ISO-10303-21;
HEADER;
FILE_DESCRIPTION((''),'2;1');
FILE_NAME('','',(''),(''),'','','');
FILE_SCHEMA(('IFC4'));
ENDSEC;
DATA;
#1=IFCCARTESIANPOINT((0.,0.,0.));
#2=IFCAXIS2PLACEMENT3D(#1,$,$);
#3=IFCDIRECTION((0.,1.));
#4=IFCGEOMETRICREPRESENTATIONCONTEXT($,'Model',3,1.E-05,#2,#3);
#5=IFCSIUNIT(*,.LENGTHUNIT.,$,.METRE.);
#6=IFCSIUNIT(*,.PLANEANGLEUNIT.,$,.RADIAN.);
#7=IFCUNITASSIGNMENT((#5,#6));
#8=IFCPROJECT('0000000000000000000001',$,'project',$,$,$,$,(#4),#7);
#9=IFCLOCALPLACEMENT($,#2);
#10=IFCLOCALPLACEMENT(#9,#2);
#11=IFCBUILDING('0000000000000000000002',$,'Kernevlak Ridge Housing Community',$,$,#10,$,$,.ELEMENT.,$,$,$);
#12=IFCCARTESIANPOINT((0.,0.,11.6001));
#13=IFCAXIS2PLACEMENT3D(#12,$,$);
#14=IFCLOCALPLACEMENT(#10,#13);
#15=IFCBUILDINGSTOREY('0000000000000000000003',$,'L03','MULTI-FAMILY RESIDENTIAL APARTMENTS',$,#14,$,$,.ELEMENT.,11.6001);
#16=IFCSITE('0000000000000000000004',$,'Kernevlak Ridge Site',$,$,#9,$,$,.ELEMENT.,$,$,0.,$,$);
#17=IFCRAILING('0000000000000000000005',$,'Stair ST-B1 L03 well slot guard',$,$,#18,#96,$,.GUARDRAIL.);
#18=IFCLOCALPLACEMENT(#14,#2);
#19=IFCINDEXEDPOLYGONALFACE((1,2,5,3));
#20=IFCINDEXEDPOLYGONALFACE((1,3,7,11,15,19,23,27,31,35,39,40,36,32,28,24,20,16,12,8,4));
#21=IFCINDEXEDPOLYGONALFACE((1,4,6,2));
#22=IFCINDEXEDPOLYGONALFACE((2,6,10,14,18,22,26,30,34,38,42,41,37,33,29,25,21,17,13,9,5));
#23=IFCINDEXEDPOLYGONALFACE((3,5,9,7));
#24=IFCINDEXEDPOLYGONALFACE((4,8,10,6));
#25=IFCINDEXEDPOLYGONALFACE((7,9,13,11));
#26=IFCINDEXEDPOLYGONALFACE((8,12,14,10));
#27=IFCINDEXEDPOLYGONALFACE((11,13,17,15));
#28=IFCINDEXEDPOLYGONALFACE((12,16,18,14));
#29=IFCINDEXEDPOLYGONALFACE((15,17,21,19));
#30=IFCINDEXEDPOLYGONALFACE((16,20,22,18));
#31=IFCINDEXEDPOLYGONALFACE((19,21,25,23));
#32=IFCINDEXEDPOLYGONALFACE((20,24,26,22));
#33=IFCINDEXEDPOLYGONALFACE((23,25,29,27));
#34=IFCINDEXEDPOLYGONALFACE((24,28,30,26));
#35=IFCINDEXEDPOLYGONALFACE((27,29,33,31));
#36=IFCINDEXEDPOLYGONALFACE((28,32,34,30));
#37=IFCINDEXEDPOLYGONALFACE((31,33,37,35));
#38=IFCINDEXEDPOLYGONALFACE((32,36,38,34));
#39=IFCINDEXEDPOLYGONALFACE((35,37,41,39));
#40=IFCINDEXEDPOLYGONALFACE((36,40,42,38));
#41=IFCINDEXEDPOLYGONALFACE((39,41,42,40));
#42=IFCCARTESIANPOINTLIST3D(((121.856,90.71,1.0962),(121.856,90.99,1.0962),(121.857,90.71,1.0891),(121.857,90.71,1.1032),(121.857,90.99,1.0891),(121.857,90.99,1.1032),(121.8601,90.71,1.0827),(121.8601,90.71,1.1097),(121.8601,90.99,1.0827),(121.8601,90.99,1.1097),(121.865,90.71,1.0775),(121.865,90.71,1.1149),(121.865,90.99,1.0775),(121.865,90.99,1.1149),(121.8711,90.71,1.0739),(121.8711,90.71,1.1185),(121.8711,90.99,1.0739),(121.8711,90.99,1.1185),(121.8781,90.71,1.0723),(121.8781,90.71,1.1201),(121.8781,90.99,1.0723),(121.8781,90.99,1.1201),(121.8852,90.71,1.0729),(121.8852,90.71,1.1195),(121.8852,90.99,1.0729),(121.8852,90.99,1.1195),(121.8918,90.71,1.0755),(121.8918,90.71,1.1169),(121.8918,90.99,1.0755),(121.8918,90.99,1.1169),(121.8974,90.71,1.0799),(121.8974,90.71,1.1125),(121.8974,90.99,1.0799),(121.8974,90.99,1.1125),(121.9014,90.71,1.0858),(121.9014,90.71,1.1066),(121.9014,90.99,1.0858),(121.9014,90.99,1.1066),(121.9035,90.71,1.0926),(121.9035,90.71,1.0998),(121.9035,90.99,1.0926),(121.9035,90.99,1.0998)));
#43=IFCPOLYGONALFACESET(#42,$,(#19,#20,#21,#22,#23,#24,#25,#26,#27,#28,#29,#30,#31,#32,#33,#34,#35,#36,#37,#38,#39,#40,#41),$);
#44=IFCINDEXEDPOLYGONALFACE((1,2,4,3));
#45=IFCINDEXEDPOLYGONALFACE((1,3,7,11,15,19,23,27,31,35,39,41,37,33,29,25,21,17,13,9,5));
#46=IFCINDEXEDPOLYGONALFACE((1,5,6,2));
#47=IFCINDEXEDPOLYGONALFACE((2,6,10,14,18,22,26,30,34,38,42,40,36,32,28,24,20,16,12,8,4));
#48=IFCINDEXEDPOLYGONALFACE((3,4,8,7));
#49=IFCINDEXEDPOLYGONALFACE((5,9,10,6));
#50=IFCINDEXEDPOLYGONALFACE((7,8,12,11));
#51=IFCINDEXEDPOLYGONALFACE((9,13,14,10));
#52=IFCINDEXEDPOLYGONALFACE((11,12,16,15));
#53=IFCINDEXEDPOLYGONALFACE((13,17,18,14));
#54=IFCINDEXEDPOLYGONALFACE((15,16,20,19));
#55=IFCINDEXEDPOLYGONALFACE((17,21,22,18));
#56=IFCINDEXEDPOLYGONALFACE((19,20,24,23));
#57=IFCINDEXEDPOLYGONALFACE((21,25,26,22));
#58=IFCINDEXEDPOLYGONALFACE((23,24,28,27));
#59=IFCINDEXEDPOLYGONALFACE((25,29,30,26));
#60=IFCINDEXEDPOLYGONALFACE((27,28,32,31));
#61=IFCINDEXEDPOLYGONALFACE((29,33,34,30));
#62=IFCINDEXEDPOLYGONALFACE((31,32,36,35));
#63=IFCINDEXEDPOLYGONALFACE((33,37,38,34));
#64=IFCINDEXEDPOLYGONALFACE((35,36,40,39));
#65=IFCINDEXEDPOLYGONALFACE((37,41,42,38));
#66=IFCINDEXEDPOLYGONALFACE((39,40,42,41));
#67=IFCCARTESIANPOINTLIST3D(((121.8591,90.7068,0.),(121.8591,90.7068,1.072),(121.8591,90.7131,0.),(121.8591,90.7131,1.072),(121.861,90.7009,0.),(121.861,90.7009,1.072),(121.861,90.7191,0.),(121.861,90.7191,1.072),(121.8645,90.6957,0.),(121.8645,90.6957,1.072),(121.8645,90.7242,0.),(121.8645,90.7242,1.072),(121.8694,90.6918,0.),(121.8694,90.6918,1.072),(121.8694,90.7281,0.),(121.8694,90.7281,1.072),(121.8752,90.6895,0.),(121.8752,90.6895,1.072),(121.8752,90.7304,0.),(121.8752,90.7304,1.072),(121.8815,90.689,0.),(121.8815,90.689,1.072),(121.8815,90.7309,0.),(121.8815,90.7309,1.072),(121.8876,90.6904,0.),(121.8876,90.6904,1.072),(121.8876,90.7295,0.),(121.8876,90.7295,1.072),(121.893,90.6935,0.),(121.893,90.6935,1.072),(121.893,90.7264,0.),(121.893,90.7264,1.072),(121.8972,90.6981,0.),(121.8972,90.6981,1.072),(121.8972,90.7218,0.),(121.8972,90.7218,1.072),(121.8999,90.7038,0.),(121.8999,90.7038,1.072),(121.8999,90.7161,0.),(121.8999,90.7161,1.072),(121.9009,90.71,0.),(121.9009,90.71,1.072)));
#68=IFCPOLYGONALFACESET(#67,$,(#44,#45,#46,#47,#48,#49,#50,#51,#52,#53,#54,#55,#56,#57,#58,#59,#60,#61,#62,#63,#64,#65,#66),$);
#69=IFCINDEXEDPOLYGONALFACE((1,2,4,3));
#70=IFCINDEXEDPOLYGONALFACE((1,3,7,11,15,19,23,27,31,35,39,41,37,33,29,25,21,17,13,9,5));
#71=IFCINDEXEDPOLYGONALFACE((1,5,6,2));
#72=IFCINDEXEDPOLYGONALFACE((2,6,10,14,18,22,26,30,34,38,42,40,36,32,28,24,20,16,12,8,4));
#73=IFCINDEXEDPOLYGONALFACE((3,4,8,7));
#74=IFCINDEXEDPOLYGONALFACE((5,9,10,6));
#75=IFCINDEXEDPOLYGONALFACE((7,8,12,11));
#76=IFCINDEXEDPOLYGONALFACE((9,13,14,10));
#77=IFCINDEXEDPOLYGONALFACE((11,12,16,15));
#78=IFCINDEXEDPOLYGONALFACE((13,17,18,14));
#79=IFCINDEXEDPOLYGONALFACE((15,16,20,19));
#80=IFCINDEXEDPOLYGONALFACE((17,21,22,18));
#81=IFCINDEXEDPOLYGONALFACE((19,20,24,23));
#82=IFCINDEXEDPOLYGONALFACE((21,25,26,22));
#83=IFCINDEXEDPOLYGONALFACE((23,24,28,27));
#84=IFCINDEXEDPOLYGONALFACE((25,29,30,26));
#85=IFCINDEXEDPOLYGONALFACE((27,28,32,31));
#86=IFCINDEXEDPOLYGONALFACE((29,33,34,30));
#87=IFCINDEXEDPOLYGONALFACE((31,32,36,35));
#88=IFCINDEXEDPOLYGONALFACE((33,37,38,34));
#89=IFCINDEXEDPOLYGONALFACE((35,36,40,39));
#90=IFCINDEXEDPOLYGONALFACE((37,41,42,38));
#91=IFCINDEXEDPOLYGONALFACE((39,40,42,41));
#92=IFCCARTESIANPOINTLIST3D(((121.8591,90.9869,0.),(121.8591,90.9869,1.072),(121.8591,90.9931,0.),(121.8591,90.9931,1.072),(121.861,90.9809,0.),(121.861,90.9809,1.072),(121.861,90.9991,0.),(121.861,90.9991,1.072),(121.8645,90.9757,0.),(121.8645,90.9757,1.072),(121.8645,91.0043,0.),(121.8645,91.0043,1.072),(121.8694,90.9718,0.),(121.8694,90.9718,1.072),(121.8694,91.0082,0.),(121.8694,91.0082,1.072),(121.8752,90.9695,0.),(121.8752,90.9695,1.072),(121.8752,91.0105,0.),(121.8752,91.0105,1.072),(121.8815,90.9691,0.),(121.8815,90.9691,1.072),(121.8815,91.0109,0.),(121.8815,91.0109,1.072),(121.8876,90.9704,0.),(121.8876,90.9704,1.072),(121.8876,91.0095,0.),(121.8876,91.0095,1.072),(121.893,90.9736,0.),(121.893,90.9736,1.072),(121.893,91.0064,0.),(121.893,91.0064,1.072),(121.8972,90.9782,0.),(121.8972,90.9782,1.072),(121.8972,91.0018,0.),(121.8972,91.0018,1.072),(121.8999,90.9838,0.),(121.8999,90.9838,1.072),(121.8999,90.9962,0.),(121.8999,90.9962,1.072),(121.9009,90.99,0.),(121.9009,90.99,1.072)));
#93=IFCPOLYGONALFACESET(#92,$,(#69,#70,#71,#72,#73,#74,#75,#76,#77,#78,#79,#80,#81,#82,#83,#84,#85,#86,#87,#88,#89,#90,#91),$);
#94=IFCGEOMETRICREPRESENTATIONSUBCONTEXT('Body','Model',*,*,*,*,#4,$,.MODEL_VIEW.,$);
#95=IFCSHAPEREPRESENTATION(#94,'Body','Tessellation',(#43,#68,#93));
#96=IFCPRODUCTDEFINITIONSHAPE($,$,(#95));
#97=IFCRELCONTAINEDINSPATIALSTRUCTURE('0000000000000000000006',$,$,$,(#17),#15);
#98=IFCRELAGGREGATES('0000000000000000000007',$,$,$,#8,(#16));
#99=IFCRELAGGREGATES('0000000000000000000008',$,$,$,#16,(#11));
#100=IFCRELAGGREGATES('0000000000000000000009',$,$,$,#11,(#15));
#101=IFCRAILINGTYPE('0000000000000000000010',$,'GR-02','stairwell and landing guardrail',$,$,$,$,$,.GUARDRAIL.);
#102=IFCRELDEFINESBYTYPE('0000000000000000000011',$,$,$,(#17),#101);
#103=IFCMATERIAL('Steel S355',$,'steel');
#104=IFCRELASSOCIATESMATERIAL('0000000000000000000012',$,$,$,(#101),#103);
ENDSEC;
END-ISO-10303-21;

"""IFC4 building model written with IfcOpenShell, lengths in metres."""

from ifc_helpers import new_model, si_unit, direction, frame, origin, origin_2d, place, context, subcontext, project, spatial, circle, extrude, material, type_object, element, save


model = new_model("IFC4")

# Units and contexts
model_context = context("Model", 3, precision=1e-05, world=origin(), true_north=direction((0.0, 1.0)))
body_context = subcontext(model_context, "Body", "Model", "MODEL_VIEW")
ifc_project = project(units=[si_unit("LENGTHUNIT", "METRE"), si_unit("PLANEANGLEUNIT", "RADIAN")], contexts=[model_context])

# Site, building, storey
site_placement = place(None, origin())
site = spatial("IfcSite", under=ifc_project, at=site_placement, Name="Kernevlak Ridge Site", CompositionType="ELEMENT", RefElevation=0.0)
building_placement = place(site_placement, origin())
building = spatial("IfcBuilding", under=site, at=building_placement, Name="Kernevlak Ridge Housing Community", CompositionType="ELEMENT")
storey_placement = place(building_placement, frame((0.0, 0.0, 11.6001)))
storey = spatial("IfcBuildingStorey", under=building, at=storey_placement, Name="L03", Description="MULTI-FAMILY RESIDENTIAL APARTMENTS", CompositionType="ELEMENT", Elevation=11.6001)

# Railing
ifc_material_1 = material(Name="Steel S355", Category="steel")
railing_type_1 = type_object("IfcRailingType", Name="GR-02", Description="stairwell and landing guardrail", PredefinedType="GUARDRAIL", material=ifc_material_1)
railing_1_placement = place(storey_placement, frame((121.8799, 90.71, 0.0)))
element("IfcRailing", 1, at=railing_1_placement, inside=storey, type_object=railing_type_1, Name="Stair ST-B1 L03 well slot guard", PredefinedType="GUARDRAIL", context=body_context, shape_type="SweptSolid", body=[
    extrude(circle(Radius=0.0239, at=origin_2d()), frame((0.0, 0.0, 1.0962), z_axis=(0.0, 1.0, 0.0), x_axis=(-1.0, 0.0, 0.0)), (0.0, 0.0, 1.0), 0.28),
    extrude(circle(Radius=0.021, at=origin_2d()), origin(), (0.0, 0.0, 1.0), 1.072),
    extrude(circle(Radius=0.021, at=origin_2d()), frame((0.0, 0.28, 0.0)), (0.0, 0.0, 1.0), 1.072),
])

save(model, "model.ifc")
